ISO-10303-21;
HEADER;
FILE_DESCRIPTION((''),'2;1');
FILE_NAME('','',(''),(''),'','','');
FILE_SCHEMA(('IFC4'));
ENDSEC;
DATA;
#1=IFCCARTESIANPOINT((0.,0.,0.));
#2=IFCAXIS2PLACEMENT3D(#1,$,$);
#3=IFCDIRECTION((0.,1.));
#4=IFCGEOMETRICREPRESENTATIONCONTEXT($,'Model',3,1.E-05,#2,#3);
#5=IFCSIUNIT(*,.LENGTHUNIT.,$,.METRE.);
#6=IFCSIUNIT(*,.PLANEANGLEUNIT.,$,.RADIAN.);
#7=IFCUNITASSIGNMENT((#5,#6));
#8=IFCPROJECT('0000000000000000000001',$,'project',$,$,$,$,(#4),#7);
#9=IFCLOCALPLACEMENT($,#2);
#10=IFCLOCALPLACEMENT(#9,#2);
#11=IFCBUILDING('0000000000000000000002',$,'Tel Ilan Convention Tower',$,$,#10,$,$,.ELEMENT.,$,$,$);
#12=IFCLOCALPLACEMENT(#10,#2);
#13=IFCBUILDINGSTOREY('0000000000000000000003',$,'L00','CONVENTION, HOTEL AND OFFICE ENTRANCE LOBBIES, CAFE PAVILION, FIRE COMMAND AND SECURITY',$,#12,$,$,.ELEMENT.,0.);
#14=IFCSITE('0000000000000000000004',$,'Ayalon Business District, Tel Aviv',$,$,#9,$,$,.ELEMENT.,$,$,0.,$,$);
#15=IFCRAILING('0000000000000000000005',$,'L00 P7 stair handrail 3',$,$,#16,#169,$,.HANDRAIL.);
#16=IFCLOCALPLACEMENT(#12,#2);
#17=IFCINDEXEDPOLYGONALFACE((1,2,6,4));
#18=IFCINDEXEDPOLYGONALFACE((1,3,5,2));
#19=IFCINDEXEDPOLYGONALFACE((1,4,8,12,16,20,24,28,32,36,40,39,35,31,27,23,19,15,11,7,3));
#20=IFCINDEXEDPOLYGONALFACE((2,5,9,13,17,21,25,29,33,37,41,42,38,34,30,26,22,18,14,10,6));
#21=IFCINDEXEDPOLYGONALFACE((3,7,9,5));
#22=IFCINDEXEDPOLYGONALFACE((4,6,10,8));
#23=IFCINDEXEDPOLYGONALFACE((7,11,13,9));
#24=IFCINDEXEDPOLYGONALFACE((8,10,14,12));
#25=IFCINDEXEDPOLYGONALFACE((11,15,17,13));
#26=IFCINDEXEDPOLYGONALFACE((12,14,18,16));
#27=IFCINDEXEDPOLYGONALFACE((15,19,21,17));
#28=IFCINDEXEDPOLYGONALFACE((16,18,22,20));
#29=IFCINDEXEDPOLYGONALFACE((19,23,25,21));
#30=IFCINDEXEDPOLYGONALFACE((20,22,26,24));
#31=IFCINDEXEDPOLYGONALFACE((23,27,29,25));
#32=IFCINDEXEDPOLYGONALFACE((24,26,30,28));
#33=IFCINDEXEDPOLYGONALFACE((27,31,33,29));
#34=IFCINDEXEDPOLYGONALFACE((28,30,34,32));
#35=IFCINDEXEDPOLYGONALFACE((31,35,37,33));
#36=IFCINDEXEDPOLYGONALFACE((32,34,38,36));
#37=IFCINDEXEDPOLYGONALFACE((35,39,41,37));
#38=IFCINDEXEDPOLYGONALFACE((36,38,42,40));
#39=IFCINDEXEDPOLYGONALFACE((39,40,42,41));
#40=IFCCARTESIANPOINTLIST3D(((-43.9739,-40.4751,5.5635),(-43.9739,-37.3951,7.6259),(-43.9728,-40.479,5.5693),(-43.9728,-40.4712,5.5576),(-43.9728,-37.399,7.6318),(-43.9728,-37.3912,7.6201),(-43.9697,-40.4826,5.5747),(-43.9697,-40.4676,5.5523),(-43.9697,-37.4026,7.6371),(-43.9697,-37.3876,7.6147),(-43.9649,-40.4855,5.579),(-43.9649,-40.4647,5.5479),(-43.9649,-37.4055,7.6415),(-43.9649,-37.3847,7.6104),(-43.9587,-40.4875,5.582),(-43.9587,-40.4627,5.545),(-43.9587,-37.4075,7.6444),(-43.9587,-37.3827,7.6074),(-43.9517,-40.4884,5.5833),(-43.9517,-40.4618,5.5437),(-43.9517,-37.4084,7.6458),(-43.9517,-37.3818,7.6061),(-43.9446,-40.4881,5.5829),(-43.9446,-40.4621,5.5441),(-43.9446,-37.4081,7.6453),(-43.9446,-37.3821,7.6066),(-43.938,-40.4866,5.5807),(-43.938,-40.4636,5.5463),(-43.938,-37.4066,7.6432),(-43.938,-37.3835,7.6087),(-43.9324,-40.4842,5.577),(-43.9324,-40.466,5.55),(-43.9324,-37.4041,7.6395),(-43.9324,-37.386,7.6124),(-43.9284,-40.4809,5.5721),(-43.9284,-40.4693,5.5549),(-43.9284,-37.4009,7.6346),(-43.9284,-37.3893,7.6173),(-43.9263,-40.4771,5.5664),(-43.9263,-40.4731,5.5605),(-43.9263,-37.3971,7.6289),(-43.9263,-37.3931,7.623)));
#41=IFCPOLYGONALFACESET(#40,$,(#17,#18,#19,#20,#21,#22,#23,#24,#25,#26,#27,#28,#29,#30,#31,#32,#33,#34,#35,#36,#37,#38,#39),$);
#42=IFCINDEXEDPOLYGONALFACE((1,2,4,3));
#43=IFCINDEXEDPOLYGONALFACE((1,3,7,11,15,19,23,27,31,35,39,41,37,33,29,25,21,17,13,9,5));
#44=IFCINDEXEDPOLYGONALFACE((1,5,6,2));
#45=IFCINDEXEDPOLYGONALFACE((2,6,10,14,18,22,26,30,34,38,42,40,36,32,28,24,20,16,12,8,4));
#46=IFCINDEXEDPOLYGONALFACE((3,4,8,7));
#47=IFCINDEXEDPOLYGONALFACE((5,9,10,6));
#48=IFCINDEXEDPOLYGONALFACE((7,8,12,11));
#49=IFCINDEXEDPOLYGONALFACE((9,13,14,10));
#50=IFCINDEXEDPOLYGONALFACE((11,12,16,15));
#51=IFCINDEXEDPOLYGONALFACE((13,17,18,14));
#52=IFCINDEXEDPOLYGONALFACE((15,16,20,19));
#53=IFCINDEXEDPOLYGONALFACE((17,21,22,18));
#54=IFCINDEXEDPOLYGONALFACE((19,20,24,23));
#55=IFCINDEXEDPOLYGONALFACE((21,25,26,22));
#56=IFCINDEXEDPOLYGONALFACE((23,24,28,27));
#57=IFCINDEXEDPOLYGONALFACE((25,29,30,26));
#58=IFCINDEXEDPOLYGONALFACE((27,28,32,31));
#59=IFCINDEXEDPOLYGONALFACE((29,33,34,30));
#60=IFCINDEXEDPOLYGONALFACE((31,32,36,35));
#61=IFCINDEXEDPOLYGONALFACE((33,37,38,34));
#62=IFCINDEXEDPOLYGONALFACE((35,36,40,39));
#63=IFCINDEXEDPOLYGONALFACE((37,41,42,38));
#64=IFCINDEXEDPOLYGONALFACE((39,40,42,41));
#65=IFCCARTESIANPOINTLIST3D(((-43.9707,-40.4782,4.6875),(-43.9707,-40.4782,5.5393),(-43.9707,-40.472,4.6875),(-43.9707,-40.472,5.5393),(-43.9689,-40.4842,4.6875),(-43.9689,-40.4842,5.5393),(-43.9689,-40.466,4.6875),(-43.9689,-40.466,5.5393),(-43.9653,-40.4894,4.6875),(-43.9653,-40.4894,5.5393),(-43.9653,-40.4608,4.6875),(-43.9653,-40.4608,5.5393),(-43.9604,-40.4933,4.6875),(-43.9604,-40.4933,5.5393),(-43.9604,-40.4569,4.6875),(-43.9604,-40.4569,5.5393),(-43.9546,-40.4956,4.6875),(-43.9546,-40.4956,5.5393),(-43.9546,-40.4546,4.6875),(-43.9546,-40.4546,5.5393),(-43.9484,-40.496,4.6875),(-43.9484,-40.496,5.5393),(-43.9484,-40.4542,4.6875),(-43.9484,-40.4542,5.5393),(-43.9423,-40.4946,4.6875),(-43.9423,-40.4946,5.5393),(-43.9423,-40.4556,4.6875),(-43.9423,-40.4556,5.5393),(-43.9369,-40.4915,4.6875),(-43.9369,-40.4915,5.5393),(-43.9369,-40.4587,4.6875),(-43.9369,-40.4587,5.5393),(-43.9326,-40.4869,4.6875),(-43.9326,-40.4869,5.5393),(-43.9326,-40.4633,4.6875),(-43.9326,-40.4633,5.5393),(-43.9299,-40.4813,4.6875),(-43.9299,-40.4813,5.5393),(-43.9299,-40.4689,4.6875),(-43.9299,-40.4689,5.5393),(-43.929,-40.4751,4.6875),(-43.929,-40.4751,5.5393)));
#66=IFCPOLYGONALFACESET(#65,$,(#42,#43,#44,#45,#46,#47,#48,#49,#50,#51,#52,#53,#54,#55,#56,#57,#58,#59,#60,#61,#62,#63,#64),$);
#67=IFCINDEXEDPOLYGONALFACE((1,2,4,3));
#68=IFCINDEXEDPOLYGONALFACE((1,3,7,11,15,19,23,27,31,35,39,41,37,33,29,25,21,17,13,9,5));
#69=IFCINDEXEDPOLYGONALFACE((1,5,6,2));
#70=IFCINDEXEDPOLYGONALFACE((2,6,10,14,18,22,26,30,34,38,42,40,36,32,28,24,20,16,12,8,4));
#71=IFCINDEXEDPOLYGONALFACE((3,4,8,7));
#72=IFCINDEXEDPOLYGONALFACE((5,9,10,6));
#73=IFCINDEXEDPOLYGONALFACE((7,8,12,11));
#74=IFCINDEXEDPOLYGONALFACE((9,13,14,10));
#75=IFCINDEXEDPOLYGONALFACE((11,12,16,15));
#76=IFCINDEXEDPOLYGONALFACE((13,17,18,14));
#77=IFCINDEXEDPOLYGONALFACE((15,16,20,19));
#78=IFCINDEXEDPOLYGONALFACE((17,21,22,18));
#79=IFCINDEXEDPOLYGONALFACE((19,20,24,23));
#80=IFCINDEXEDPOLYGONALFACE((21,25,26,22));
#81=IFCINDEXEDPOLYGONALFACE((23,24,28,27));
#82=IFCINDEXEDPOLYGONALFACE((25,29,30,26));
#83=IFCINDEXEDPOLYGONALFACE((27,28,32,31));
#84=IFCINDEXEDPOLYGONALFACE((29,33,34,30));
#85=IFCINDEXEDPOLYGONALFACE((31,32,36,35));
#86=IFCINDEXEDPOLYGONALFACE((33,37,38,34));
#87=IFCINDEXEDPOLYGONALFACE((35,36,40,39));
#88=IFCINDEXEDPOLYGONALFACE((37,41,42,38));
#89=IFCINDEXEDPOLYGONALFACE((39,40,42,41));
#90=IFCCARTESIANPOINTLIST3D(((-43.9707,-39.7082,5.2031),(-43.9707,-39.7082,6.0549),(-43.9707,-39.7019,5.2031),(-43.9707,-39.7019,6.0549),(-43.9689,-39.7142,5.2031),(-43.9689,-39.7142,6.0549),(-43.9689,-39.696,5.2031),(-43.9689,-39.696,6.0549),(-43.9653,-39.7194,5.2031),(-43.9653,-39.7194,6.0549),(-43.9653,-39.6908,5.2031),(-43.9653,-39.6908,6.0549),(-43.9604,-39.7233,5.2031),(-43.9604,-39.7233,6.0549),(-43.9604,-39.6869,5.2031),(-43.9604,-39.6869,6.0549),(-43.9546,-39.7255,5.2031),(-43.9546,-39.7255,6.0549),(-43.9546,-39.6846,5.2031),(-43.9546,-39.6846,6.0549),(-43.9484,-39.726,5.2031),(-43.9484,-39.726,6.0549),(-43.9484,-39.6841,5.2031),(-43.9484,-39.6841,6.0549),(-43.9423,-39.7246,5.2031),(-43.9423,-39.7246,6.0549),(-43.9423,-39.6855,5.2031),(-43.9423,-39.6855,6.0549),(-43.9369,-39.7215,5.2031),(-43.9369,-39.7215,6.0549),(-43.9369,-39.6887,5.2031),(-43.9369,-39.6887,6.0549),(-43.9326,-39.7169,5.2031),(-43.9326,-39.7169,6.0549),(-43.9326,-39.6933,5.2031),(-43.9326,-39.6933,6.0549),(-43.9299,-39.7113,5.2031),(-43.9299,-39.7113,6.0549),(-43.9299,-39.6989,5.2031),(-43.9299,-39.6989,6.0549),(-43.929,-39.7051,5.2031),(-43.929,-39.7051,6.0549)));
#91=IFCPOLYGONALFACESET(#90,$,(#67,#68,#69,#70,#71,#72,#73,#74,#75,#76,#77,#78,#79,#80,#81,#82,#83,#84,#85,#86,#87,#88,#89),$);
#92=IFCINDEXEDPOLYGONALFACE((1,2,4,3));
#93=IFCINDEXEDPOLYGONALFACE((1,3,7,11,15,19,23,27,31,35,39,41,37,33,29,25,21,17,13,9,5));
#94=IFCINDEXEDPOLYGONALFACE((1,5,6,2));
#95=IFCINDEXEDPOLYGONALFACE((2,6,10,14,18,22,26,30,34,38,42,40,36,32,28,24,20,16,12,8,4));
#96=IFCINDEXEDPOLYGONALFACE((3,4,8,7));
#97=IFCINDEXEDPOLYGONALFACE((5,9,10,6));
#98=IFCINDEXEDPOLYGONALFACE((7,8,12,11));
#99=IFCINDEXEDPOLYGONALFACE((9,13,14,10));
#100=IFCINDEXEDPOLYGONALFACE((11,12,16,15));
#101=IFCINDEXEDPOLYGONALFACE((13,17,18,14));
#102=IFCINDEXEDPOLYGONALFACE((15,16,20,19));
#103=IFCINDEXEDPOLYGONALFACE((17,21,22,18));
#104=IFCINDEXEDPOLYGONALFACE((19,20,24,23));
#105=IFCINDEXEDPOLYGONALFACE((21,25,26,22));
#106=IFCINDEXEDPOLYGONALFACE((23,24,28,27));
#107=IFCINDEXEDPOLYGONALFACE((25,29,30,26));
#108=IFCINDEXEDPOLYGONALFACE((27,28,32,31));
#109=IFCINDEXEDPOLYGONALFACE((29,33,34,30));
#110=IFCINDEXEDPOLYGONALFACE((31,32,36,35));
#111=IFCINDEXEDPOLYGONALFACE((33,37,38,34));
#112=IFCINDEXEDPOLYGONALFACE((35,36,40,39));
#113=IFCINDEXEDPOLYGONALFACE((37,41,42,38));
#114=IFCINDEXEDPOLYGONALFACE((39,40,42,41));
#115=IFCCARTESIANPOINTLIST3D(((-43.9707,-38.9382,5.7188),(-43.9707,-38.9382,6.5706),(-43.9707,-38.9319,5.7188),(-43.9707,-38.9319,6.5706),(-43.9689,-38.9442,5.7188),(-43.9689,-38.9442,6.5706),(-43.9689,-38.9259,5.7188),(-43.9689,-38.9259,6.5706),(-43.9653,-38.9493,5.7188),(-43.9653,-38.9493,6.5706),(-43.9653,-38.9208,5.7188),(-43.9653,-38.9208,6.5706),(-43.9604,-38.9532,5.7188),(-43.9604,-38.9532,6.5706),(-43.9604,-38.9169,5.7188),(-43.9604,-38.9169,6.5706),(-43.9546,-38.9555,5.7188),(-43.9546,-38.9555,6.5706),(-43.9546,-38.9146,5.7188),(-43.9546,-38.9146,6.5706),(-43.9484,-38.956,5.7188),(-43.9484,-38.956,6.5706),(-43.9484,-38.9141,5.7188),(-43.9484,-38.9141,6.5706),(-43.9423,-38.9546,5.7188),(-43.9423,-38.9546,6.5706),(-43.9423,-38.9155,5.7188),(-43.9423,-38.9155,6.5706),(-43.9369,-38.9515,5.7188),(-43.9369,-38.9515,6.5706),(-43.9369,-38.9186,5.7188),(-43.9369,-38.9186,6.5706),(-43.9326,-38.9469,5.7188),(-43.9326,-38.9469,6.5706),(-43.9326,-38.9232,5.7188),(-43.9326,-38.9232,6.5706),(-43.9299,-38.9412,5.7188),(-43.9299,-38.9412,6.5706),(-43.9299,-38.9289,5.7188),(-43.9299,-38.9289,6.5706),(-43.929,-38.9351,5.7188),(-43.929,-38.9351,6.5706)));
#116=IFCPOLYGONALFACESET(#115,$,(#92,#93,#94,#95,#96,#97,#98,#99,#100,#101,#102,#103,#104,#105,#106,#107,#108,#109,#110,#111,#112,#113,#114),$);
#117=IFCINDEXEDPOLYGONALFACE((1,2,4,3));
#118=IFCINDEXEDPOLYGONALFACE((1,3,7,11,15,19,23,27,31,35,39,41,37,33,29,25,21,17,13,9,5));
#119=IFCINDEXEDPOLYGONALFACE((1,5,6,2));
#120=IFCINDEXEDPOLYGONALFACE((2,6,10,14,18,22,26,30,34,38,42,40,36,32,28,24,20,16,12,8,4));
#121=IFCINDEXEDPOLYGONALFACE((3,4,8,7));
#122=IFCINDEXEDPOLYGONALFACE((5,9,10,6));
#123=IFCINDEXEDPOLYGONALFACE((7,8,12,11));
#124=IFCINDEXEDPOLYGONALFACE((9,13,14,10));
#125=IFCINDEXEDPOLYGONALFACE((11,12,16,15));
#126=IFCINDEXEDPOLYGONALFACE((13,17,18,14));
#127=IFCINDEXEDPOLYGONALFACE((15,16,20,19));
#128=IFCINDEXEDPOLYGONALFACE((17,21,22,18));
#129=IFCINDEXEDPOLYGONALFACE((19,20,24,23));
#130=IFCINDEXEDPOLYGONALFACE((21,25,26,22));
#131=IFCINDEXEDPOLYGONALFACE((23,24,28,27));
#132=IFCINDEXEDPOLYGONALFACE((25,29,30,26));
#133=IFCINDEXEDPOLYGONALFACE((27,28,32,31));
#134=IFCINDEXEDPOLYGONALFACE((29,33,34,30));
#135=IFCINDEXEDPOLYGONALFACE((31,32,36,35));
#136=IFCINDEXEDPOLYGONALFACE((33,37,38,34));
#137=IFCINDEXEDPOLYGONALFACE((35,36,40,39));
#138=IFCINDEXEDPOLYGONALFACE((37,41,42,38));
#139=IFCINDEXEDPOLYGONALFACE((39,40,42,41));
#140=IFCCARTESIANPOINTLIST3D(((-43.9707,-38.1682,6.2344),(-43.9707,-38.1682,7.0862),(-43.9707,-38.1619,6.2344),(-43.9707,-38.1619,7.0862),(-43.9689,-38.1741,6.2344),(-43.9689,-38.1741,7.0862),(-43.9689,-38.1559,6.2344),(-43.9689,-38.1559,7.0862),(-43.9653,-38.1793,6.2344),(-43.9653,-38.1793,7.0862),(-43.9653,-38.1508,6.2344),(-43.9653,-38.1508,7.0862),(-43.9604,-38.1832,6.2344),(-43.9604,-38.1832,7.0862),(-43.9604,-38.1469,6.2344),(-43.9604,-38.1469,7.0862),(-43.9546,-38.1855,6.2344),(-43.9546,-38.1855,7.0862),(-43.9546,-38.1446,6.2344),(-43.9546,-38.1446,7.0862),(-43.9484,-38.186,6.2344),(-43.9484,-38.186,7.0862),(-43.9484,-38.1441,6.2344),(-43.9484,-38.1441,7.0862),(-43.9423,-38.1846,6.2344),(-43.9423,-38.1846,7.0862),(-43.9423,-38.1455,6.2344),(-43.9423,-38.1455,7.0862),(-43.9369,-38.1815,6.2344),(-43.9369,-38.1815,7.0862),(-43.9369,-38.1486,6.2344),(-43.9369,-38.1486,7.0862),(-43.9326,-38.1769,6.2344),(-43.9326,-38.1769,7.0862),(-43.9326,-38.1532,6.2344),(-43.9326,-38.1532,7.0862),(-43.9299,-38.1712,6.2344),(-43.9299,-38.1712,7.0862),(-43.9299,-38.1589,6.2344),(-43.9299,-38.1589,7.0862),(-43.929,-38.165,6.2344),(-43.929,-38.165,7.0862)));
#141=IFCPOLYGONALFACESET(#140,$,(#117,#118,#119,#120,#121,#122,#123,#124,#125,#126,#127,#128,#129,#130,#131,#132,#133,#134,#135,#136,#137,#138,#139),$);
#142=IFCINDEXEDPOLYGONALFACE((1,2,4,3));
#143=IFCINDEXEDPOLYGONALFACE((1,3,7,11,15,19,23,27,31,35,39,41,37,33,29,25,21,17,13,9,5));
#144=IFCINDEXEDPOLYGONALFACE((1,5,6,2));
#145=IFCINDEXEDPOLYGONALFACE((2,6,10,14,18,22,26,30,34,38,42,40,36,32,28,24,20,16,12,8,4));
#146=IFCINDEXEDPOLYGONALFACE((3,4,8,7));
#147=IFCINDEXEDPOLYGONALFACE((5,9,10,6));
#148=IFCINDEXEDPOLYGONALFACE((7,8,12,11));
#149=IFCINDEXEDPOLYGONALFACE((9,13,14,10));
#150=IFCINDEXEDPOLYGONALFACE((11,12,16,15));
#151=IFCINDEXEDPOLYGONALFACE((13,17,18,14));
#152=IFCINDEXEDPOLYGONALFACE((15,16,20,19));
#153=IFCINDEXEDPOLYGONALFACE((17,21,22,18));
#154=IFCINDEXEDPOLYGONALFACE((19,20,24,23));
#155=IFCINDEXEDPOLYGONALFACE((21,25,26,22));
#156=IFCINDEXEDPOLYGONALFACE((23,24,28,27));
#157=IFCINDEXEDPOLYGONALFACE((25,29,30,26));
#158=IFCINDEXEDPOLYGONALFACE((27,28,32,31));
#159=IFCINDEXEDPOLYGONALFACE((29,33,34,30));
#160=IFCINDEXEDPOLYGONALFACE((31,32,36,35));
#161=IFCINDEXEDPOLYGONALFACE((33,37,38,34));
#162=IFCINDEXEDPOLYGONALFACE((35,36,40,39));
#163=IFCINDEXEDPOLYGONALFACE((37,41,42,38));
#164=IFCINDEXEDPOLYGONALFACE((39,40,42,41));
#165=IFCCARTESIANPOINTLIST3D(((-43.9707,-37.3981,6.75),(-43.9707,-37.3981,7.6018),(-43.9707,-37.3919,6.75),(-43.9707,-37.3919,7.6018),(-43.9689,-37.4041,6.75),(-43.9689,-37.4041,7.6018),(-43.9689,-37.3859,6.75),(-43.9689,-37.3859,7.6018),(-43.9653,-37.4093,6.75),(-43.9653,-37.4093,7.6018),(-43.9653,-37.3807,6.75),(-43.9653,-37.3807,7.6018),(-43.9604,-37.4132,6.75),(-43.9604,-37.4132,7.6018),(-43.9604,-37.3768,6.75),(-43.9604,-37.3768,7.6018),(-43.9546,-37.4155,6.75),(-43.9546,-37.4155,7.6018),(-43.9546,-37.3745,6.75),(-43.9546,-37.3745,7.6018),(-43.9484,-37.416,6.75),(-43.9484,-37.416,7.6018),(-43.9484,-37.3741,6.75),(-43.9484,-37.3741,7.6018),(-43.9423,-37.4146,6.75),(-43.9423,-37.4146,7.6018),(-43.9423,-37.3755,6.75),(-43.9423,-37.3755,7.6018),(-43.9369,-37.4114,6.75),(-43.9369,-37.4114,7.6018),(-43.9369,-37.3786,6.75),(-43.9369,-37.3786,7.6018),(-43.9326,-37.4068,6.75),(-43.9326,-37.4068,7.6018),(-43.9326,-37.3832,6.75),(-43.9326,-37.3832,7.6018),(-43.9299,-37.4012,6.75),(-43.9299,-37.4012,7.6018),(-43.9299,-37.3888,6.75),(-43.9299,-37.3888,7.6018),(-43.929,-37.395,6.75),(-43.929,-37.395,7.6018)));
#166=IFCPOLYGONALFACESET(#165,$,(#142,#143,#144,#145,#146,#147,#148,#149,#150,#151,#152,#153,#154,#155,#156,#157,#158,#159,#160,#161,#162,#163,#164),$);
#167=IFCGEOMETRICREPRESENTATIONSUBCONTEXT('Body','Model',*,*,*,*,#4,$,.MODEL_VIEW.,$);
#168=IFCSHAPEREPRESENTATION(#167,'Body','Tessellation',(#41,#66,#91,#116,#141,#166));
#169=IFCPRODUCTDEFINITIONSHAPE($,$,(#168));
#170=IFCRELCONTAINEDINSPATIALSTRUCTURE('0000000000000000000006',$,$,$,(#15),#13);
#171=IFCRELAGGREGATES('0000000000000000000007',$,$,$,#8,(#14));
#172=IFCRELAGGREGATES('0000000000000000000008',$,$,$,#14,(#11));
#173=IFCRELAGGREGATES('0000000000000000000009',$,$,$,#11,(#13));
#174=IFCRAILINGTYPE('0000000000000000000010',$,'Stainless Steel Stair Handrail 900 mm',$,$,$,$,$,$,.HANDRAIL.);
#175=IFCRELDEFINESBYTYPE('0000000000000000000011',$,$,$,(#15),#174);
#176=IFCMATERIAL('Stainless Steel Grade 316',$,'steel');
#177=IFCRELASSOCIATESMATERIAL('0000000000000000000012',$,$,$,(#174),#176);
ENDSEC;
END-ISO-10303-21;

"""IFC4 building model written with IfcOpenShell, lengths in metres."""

from ifc_helpers import new_model, si_unit, direction, frame, origin, origin_2d, place, context, subcontext, project, spatial, circle, extrude, material, type_object, element, save


model = new_model("IFC4")

# Units and contexts
model_context = context("Model", 3, precision=1e-05, world=origin(), true_north=direction((0.0, 1.0)))
body_context = subcontext(model_context, "Body", "Model", "MODEL_VIEW")
ifc_project = project(units=[si_unit("LENGTHUNIT", "METRE"), si_unit("PLANEANGLEUNIT", "RADIAN")], contexts=[model_context])

# Site, building, storey
site_placement = place(None, origin())
site = spatial("IfcSite", under=ifc_project, at=site_placement, Name="Ayalon Business District, Tel Aviv", CompositionType="ELEMENT", RefElevation=0.0)
building_placement = place(site_placement, origin())
building = spatial("IfcBuilding", under=site, at=building_placement, Name="Tel Ilan Convention Tower", CompositionType="ELEMENT")
storey_placement = place(building_placement, origin())
storey = spatial("IfcBuildingStorey", under=building, at=storey_placement, Name="L00", Description="CONVENTION, HOTEL AND OFFICE ENTRANCE LOBBIES, CAFE PAVILION, FIRE COMMAND AND SECURITY", CompositionType="ELEMENT", Elevation=0.0)

# Railing
ifc_material_1 = material(Name="Stainless Steel Grade 316", Category="steel")
railing_type = type_object("IfcRailingType", Name="Stainless Steel Stair Handrail 900 mm", PredefinedType="HANDRAIL", material=ifc_material_1)
for number, where, name in (
    (1, (-43.95, -40.4751, 4.6875), "L00 P7 stair handrail 3"),
):
    element("IfcRailing", number, at=place(storey_placement, frame(where)), inside=storey, type_object=railing_type, Name=name, PredefinedType="HANDRAIL", context=body_context, shape_type="SweptSolid", body=[
        extrude(circle(Radius=0.0239, at=origin_2d()), frame((0.0, 0.0, 0.876), z_axis=(0.0, 0.830914, 0.556401), x_axis=(-1.0, 0.0, 0.0)), (0.0, 0.0, 1.0), 3.7068),
        extrude(circle(Radius=0.021, at=origin_2d()), origin(), (0.0, 0.0, 1.0), 0.8518),
        extrude(circle(Radius=0.021, at=origin_2d()), frame((0.0, 0.77, 0.5156)), (0.0, 0.0, 1.0), 0.8518),
        extrude(circle(Radius=0.021, at=origin_2d()), frame((0.0, 1.54, 1.0312)), (0.0, 0.0, 1.0), 0.8518),
        extrude(circle(Radius=0.021, at=origin_2d()), frame((0.0, 2.3101, 1.5469)), (0.0, 0.0, 1.0), 0.8518),
        extrude(circle(Radius=0.021, at=origin_2d()), frame((0.0, 3.0801, 2.0625)), (0.0, 0.0, 1.0), 0.8518),
    ])

save(model, "model.ifc")
